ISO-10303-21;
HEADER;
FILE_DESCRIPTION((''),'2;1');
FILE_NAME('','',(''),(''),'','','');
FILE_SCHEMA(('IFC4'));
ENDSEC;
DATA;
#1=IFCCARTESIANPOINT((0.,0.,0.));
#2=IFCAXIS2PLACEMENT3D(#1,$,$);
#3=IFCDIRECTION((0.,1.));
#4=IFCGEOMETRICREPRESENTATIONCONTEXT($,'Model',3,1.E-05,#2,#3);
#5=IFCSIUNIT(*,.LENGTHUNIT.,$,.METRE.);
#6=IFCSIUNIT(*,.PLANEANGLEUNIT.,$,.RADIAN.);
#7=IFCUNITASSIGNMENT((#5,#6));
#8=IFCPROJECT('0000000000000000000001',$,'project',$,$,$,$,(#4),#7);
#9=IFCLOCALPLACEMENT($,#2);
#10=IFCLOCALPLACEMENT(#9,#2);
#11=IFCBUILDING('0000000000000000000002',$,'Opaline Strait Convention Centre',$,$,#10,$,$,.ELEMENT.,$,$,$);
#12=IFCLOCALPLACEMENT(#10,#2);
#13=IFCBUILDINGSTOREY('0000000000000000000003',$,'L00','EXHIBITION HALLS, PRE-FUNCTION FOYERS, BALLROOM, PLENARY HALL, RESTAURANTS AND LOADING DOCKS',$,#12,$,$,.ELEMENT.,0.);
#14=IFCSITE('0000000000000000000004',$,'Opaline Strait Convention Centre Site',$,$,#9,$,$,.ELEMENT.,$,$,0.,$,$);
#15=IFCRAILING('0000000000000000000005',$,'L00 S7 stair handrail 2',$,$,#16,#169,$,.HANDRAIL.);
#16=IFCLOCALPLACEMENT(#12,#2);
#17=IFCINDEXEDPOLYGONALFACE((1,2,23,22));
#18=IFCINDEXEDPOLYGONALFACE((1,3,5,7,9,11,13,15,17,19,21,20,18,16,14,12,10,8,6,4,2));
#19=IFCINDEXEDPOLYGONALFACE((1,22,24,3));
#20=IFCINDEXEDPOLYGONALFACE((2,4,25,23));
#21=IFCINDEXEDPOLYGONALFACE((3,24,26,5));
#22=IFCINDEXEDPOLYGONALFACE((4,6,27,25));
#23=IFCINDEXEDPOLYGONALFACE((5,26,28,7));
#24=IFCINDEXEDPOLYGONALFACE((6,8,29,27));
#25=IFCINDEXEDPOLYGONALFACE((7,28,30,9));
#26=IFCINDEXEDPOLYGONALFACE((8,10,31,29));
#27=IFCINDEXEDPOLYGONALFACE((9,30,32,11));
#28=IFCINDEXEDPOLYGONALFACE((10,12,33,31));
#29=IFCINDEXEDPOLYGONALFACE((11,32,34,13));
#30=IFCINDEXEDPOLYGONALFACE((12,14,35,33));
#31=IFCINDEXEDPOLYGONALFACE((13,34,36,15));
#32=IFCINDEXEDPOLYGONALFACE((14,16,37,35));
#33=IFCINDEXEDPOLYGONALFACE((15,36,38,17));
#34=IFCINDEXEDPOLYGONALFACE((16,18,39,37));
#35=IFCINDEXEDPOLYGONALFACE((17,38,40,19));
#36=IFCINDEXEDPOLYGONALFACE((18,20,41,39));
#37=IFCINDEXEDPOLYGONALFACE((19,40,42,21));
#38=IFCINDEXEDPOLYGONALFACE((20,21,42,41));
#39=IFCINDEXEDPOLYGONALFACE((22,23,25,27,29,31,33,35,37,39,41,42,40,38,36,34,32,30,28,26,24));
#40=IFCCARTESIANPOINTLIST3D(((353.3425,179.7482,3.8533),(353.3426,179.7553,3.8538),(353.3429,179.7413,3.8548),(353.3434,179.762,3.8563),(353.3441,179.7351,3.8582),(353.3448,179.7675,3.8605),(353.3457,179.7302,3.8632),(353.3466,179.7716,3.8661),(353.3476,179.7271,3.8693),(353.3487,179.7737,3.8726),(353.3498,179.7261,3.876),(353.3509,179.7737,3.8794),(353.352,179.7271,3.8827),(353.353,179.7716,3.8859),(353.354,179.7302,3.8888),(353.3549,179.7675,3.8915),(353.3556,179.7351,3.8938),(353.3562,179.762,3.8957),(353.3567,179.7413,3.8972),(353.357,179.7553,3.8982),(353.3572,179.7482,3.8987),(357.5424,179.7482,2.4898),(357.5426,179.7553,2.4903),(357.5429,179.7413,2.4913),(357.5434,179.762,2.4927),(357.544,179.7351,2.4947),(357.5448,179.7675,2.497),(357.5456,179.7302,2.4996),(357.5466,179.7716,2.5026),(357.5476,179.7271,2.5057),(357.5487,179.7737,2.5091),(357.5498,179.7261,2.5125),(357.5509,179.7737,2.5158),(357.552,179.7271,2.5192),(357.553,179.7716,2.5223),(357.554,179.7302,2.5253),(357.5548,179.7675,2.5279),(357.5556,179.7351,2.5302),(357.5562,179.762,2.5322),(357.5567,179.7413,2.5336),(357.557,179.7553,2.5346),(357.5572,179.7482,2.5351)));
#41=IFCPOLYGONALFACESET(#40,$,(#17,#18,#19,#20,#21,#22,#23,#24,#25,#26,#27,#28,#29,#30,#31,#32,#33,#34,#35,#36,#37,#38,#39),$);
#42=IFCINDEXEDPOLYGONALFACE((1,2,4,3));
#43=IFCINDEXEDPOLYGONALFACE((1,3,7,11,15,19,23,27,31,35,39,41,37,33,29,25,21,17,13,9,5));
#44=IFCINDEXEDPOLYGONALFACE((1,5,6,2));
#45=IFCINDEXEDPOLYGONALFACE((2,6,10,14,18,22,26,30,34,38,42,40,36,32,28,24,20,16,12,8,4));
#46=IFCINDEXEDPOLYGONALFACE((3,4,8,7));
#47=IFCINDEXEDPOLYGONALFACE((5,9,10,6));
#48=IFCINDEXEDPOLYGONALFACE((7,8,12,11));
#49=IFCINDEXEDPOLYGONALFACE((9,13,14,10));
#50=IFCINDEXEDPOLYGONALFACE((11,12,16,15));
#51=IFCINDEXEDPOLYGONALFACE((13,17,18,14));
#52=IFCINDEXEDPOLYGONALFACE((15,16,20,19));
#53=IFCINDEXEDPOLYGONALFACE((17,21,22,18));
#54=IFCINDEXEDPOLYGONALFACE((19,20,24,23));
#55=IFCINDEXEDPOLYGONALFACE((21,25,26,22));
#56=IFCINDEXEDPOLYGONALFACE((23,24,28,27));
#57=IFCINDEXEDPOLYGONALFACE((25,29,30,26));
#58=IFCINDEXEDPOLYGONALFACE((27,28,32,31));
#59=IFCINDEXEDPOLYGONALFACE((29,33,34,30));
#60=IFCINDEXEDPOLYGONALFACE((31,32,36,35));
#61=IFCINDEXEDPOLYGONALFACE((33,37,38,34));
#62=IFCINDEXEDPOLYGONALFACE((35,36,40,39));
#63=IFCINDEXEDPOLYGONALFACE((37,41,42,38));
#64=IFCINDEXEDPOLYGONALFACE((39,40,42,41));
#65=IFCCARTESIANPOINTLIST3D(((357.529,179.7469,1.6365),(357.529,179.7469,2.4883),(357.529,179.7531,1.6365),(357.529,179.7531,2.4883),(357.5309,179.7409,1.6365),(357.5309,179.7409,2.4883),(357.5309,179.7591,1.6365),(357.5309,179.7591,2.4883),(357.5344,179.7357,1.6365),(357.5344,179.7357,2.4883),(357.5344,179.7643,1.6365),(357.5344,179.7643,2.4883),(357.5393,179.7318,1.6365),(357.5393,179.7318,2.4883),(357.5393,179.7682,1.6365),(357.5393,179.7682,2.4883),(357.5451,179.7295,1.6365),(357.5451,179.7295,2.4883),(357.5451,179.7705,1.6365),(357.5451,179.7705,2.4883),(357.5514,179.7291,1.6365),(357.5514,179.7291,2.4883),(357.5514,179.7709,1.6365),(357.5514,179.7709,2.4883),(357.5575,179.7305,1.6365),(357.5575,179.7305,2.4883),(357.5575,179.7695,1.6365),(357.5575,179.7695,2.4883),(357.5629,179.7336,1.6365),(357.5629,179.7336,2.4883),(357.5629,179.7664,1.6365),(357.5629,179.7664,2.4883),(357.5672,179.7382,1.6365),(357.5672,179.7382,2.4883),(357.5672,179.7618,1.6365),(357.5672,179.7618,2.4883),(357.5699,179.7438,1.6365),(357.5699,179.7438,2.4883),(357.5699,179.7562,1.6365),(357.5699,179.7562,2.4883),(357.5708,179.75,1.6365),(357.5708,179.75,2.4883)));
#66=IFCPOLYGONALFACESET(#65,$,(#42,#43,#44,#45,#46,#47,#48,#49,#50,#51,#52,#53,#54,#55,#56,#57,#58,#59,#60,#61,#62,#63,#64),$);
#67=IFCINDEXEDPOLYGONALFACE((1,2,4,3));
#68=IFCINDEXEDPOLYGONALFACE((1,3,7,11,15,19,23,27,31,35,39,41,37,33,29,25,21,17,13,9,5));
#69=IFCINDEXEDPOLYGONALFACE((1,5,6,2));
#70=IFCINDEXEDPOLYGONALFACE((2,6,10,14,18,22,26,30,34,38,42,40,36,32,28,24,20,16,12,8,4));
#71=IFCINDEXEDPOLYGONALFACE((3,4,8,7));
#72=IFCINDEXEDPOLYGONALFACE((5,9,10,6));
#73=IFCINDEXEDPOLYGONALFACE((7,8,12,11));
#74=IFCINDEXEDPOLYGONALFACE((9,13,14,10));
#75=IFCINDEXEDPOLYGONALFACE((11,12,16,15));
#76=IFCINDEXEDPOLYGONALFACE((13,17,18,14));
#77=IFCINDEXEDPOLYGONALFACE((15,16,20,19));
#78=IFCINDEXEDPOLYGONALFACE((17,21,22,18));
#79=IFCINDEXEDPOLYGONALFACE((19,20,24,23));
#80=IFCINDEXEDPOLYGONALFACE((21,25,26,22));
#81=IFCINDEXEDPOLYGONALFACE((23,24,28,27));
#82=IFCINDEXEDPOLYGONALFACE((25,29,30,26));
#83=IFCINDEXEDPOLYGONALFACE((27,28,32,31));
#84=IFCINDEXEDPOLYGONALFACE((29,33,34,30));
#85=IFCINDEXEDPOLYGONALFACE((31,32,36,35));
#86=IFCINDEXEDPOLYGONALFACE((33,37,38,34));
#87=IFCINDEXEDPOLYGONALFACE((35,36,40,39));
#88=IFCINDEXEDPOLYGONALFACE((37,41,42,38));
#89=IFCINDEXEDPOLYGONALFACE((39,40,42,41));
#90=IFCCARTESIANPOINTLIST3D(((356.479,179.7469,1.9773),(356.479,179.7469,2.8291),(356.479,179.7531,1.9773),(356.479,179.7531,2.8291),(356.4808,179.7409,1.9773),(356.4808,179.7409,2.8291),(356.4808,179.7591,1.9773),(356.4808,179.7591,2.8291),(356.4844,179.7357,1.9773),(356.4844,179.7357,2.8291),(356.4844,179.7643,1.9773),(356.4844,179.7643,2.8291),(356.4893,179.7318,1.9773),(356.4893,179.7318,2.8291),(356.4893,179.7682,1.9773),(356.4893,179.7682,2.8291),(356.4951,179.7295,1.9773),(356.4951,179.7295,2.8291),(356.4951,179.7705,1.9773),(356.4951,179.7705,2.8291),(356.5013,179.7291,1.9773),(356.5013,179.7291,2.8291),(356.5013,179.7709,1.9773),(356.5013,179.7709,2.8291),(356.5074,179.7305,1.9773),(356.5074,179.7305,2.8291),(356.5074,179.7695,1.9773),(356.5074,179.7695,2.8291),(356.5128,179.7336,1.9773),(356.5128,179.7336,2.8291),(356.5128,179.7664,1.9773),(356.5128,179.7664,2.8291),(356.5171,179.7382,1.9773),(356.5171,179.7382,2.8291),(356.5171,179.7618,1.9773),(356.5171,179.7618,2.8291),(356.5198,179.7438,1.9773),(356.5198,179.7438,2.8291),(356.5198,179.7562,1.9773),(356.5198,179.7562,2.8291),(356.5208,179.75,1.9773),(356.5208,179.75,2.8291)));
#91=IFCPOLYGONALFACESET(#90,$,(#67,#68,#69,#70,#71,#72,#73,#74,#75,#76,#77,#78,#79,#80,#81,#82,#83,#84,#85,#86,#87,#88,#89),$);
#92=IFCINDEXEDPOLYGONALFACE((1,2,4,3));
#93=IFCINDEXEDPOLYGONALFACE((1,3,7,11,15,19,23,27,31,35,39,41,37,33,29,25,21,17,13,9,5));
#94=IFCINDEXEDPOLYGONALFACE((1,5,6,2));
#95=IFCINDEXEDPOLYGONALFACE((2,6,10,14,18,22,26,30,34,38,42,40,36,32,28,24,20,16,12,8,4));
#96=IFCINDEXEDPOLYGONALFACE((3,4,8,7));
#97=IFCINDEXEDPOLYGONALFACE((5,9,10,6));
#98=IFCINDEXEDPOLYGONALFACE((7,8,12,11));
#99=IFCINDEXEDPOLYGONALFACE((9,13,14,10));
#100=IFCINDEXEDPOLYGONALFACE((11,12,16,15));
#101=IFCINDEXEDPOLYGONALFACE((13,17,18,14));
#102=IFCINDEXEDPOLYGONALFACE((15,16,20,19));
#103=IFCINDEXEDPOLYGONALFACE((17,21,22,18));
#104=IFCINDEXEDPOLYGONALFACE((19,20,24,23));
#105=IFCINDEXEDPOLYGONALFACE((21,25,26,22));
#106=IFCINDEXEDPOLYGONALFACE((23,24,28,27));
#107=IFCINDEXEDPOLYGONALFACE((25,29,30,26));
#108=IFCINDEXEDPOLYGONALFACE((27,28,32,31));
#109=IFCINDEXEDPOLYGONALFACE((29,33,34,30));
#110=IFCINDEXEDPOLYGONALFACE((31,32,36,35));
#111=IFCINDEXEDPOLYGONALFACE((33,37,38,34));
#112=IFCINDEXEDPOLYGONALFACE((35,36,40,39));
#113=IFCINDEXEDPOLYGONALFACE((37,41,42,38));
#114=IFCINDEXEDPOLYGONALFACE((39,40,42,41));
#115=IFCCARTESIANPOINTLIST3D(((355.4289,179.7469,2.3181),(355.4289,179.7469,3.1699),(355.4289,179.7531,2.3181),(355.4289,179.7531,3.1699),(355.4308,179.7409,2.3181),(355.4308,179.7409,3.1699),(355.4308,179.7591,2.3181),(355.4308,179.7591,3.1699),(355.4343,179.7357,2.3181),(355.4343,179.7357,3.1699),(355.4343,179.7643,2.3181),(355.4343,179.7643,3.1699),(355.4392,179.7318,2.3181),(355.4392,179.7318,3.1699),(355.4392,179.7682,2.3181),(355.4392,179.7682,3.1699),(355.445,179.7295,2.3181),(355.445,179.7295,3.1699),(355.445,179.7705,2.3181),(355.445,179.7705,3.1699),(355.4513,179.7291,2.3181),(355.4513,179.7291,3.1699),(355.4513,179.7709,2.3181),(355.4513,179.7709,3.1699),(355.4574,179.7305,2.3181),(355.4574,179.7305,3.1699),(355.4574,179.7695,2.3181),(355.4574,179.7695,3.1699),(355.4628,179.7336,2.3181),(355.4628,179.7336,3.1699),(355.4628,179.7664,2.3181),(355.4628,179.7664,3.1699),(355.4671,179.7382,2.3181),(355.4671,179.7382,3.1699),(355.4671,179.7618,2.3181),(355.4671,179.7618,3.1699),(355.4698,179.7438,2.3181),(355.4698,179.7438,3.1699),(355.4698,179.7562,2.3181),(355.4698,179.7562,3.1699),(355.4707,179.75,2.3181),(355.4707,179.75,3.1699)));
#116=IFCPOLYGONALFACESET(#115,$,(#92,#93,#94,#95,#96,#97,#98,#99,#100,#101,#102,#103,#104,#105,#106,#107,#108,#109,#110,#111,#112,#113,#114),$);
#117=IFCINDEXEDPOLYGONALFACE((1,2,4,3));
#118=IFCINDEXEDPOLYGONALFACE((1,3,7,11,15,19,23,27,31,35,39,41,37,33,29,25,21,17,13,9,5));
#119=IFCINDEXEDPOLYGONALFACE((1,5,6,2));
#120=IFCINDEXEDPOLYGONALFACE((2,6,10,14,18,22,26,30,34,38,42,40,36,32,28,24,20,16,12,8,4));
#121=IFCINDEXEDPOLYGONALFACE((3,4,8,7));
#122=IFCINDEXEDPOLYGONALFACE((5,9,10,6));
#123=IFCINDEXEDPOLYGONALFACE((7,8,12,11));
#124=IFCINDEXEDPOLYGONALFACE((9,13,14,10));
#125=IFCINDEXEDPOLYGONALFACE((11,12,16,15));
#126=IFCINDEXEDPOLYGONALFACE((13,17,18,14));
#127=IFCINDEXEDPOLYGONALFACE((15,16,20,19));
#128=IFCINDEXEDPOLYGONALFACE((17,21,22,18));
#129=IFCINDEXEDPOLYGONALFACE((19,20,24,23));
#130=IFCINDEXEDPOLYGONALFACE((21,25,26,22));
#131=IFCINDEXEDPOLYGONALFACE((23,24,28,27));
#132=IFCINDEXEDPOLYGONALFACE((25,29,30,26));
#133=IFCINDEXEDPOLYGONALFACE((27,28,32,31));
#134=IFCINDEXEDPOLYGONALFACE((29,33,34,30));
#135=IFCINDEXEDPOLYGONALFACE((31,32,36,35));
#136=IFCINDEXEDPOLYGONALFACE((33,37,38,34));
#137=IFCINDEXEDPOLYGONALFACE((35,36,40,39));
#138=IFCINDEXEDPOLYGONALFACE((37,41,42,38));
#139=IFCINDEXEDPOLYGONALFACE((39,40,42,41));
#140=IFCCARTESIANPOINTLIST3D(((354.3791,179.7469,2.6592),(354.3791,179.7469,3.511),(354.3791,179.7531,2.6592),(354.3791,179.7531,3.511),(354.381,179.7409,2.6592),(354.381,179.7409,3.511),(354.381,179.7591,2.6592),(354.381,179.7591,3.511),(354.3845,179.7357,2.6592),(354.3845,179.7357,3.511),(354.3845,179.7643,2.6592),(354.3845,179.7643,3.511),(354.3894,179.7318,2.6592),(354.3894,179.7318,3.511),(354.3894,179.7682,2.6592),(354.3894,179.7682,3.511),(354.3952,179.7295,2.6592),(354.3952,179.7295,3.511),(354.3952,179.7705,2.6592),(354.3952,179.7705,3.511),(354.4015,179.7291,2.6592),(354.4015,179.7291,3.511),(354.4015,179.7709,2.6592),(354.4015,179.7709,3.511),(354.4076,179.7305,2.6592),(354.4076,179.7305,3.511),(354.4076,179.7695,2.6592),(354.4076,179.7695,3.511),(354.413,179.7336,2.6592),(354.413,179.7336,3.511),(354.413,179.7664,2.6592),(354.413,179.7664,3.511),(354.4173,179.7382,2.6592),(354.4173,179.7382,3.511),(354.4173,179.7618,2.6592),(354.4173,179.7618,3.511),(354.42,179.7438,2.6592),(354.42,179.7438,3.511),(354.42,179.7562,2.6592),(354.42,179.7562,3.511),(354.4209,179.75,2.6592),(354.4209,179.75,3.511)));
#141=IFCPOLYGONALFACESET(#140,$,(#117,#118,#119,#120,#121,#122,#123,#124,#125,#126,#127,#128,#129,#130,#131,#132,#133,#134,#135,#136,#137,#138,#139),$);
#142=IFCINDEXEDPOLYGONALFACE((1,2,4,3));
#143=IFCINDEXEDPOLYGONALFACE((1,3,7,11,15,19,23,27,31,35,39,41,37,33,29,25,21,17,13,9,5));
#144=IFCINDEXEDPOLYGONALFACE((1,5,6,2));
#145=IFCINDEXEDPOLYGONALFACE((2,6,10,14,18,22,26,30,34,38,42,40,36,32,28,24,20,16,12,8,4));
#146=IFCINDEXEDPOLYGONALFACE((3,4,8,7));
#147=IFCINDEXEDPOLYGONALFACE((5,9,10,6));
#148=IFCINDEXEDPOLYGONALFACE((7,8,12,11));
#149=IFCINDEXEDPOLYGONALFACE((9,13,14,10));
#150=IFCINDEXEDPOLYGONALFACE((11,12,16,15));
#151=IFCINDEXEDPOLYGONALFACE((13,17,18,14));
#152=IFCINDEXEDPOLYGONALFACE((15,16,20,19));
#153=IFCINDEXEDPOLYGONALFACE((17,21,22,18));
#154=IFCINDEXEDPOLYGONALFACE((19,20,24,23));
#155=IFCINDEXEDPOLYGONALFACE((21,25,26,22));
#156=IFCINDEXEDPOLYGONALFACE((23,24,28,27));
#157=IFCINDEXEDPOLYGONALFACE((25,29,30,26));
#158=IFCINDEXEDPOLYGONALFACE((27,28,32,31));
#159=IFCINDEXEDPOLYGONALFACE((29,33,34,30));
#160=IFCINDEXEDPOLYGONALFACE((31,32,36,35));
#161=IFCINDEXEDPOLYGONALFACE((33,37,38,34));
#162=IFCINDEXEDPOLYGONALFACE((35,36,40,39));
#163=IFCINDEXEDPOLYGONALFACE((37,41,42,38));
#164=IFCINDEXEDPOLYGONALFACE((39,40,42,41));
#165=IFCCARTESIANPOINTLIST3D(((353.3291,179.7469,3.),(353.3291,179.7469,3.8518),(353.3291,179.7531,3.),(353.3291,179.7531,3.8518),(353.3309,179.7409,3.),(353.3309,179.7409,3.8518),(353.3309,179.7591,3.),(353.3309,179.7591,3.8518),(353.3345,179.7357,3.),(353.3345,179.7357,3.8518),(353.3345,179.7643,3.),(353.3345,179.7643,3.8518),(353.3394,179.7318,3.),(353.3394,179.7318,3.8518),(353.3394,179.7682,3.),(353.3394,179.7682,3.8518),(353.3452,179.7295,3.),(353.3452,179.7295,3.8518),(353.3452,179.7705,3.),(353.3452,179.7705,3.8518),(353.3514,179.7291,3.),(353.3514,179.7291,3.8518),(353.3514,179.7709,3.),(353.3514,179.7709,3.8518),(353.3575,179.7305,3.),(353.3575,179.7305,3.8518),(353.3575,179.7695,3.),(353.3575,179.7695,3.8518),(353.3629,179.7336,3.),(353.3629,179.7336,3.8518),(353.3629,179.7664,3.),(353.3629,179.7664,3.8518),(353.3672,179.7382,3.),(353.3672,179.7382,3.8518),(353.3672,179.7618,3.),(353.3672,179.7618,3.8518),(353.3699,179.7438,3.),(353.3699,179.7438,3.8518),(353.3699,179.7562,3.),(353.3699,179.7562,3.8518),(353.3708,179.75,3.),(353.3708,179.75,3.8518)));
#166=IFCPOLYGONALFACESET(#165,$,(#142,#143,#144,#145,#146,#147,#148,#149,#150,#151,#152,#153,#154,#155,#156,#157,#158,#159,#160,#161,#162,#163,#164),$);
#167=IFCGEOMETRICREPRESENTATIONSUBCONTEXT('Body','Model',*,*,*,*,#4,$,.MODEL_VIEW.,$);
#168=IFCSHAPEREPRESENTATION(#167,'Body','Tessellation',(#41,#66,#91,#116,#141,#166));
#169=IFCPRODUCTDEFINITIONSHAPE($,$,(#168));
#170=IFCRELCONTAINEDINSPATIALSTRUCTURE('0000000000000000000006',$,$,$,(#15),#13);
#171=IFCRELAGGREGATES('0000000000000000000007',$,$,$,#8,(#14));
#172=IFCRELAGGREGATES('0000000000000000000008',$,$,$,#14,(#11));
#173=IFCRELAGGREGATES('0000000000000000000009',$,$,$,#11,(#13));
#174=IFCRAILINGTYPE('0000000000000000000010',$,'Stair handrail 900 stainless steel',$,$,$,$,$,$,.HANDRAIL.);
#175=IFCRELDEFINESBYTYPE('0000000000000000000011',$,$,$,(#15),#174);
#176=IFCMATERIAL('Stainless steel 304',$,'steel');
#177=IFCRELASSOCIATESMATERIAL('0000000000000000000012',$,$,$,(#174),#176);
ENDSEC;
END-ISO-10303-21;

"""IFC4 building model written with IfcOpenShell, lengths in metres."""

from ifc_helpers import new_model, si_unit, direction, frame, origin, origin_2d, place, context, subcontext, project, spatial, circle, extrude, material, type_object, element, save


model = new_model("IFC4")

# Units and contexts
model_context = context("Model", 3, precision=1e-05, world=origin(), true_north=direction((0.0, 1.0)))
body_context = subcontext(model_context, "Body", "Model", "MODEL_VIEW")
ifc_project = project(units=[si_unit("LENGTHUNIT", "METRE"), si_unit("PLANEANGLEUNIT", "RADIAN")], contexts=[model_context])

# Site, building, storey
site_placement = place(None, origin())
site = spatial("IfcSite", under=ifc_project, at=site_placement, Name="Opaline Strait Convention Centre Site", CompositionType="ELEMENT", RefElevation=0.0)
building_placement = place(site_placement, origin())
building = spatial("IfcBuilding", under=site, at=building_placement, Name="Opaline Strait Convention Centre", CompositionType="ELEMENT")
storey_placement = place(building_placement, origin())
storey = spatial("IfcBuildingStorey", under=building, at=storey_placement, Name="L00", Description="EXHIBITION HALLS, PRE-FUNCTION FOYERS, BALLROOM, PLENARY HALL, RESTAURANTS AND LOADING DOCKS", CompositionType="ELEMENT", Elevation=0.0)

# Railing
ifc_material_1 = material(Name="Stainless steel 304", Category="steel")
railing_type_1 = type_object("IfcRailingType", Name="Stair handrail 900 stainless steel", PredefinedType="HANDRAIL", material=ifc_material_1)
railing_1_placement = place(storey_placement, frame((357.5498, 179.75, 1.6365)))
element("IfcRailing", 1, at=railing_1_placement, inside=storey, type_object=railing_type_1, Name="L00 S7 stair handrail 2", PredefinedType="HANDRAIL", context=body_context, shape_type="SweptSolid", body=[
    extrude(circle(Radius=0.0239, at=origin_2d()), frame((0.0, 0.0, 0.876), z_axis=(-0.951131, 0.0, 0.308787), x_axis=(0.0, -1.0, 0.0)), (0.0, 0.0, 1.0), 4.4158),
    extrude(circle(Radius=0.021, at=origin_2d()), origin(), (0.0, 0.0, 1.0), 0.8518),
    extrude(circle(Radius=0.021, at=origin_2d()), frame((-1.05, 0.0, 0.3408)), (0.0, 0.0, 1.0), 0.8518),
    extrude(circle(Radius=0.021, at=origin_2d()), frame((-2.1001, 0.0, 0.6816)), (0.0, 0.0, 1.0), 0.8518),
    extrude(circle(Radius=0.021, at=origin_2d()), frame((-3.1499, 0.0, 1.0227)), (0.0, 0.0, 1.0), 0.8518),
    extrude(circle(Radius=0.021, at=origin_2d()), frame((-4.2, 0.0, 1.3635)), (0.0, 0.0, 1.0), 0.8518),
])

save(model, "model.ifc")
